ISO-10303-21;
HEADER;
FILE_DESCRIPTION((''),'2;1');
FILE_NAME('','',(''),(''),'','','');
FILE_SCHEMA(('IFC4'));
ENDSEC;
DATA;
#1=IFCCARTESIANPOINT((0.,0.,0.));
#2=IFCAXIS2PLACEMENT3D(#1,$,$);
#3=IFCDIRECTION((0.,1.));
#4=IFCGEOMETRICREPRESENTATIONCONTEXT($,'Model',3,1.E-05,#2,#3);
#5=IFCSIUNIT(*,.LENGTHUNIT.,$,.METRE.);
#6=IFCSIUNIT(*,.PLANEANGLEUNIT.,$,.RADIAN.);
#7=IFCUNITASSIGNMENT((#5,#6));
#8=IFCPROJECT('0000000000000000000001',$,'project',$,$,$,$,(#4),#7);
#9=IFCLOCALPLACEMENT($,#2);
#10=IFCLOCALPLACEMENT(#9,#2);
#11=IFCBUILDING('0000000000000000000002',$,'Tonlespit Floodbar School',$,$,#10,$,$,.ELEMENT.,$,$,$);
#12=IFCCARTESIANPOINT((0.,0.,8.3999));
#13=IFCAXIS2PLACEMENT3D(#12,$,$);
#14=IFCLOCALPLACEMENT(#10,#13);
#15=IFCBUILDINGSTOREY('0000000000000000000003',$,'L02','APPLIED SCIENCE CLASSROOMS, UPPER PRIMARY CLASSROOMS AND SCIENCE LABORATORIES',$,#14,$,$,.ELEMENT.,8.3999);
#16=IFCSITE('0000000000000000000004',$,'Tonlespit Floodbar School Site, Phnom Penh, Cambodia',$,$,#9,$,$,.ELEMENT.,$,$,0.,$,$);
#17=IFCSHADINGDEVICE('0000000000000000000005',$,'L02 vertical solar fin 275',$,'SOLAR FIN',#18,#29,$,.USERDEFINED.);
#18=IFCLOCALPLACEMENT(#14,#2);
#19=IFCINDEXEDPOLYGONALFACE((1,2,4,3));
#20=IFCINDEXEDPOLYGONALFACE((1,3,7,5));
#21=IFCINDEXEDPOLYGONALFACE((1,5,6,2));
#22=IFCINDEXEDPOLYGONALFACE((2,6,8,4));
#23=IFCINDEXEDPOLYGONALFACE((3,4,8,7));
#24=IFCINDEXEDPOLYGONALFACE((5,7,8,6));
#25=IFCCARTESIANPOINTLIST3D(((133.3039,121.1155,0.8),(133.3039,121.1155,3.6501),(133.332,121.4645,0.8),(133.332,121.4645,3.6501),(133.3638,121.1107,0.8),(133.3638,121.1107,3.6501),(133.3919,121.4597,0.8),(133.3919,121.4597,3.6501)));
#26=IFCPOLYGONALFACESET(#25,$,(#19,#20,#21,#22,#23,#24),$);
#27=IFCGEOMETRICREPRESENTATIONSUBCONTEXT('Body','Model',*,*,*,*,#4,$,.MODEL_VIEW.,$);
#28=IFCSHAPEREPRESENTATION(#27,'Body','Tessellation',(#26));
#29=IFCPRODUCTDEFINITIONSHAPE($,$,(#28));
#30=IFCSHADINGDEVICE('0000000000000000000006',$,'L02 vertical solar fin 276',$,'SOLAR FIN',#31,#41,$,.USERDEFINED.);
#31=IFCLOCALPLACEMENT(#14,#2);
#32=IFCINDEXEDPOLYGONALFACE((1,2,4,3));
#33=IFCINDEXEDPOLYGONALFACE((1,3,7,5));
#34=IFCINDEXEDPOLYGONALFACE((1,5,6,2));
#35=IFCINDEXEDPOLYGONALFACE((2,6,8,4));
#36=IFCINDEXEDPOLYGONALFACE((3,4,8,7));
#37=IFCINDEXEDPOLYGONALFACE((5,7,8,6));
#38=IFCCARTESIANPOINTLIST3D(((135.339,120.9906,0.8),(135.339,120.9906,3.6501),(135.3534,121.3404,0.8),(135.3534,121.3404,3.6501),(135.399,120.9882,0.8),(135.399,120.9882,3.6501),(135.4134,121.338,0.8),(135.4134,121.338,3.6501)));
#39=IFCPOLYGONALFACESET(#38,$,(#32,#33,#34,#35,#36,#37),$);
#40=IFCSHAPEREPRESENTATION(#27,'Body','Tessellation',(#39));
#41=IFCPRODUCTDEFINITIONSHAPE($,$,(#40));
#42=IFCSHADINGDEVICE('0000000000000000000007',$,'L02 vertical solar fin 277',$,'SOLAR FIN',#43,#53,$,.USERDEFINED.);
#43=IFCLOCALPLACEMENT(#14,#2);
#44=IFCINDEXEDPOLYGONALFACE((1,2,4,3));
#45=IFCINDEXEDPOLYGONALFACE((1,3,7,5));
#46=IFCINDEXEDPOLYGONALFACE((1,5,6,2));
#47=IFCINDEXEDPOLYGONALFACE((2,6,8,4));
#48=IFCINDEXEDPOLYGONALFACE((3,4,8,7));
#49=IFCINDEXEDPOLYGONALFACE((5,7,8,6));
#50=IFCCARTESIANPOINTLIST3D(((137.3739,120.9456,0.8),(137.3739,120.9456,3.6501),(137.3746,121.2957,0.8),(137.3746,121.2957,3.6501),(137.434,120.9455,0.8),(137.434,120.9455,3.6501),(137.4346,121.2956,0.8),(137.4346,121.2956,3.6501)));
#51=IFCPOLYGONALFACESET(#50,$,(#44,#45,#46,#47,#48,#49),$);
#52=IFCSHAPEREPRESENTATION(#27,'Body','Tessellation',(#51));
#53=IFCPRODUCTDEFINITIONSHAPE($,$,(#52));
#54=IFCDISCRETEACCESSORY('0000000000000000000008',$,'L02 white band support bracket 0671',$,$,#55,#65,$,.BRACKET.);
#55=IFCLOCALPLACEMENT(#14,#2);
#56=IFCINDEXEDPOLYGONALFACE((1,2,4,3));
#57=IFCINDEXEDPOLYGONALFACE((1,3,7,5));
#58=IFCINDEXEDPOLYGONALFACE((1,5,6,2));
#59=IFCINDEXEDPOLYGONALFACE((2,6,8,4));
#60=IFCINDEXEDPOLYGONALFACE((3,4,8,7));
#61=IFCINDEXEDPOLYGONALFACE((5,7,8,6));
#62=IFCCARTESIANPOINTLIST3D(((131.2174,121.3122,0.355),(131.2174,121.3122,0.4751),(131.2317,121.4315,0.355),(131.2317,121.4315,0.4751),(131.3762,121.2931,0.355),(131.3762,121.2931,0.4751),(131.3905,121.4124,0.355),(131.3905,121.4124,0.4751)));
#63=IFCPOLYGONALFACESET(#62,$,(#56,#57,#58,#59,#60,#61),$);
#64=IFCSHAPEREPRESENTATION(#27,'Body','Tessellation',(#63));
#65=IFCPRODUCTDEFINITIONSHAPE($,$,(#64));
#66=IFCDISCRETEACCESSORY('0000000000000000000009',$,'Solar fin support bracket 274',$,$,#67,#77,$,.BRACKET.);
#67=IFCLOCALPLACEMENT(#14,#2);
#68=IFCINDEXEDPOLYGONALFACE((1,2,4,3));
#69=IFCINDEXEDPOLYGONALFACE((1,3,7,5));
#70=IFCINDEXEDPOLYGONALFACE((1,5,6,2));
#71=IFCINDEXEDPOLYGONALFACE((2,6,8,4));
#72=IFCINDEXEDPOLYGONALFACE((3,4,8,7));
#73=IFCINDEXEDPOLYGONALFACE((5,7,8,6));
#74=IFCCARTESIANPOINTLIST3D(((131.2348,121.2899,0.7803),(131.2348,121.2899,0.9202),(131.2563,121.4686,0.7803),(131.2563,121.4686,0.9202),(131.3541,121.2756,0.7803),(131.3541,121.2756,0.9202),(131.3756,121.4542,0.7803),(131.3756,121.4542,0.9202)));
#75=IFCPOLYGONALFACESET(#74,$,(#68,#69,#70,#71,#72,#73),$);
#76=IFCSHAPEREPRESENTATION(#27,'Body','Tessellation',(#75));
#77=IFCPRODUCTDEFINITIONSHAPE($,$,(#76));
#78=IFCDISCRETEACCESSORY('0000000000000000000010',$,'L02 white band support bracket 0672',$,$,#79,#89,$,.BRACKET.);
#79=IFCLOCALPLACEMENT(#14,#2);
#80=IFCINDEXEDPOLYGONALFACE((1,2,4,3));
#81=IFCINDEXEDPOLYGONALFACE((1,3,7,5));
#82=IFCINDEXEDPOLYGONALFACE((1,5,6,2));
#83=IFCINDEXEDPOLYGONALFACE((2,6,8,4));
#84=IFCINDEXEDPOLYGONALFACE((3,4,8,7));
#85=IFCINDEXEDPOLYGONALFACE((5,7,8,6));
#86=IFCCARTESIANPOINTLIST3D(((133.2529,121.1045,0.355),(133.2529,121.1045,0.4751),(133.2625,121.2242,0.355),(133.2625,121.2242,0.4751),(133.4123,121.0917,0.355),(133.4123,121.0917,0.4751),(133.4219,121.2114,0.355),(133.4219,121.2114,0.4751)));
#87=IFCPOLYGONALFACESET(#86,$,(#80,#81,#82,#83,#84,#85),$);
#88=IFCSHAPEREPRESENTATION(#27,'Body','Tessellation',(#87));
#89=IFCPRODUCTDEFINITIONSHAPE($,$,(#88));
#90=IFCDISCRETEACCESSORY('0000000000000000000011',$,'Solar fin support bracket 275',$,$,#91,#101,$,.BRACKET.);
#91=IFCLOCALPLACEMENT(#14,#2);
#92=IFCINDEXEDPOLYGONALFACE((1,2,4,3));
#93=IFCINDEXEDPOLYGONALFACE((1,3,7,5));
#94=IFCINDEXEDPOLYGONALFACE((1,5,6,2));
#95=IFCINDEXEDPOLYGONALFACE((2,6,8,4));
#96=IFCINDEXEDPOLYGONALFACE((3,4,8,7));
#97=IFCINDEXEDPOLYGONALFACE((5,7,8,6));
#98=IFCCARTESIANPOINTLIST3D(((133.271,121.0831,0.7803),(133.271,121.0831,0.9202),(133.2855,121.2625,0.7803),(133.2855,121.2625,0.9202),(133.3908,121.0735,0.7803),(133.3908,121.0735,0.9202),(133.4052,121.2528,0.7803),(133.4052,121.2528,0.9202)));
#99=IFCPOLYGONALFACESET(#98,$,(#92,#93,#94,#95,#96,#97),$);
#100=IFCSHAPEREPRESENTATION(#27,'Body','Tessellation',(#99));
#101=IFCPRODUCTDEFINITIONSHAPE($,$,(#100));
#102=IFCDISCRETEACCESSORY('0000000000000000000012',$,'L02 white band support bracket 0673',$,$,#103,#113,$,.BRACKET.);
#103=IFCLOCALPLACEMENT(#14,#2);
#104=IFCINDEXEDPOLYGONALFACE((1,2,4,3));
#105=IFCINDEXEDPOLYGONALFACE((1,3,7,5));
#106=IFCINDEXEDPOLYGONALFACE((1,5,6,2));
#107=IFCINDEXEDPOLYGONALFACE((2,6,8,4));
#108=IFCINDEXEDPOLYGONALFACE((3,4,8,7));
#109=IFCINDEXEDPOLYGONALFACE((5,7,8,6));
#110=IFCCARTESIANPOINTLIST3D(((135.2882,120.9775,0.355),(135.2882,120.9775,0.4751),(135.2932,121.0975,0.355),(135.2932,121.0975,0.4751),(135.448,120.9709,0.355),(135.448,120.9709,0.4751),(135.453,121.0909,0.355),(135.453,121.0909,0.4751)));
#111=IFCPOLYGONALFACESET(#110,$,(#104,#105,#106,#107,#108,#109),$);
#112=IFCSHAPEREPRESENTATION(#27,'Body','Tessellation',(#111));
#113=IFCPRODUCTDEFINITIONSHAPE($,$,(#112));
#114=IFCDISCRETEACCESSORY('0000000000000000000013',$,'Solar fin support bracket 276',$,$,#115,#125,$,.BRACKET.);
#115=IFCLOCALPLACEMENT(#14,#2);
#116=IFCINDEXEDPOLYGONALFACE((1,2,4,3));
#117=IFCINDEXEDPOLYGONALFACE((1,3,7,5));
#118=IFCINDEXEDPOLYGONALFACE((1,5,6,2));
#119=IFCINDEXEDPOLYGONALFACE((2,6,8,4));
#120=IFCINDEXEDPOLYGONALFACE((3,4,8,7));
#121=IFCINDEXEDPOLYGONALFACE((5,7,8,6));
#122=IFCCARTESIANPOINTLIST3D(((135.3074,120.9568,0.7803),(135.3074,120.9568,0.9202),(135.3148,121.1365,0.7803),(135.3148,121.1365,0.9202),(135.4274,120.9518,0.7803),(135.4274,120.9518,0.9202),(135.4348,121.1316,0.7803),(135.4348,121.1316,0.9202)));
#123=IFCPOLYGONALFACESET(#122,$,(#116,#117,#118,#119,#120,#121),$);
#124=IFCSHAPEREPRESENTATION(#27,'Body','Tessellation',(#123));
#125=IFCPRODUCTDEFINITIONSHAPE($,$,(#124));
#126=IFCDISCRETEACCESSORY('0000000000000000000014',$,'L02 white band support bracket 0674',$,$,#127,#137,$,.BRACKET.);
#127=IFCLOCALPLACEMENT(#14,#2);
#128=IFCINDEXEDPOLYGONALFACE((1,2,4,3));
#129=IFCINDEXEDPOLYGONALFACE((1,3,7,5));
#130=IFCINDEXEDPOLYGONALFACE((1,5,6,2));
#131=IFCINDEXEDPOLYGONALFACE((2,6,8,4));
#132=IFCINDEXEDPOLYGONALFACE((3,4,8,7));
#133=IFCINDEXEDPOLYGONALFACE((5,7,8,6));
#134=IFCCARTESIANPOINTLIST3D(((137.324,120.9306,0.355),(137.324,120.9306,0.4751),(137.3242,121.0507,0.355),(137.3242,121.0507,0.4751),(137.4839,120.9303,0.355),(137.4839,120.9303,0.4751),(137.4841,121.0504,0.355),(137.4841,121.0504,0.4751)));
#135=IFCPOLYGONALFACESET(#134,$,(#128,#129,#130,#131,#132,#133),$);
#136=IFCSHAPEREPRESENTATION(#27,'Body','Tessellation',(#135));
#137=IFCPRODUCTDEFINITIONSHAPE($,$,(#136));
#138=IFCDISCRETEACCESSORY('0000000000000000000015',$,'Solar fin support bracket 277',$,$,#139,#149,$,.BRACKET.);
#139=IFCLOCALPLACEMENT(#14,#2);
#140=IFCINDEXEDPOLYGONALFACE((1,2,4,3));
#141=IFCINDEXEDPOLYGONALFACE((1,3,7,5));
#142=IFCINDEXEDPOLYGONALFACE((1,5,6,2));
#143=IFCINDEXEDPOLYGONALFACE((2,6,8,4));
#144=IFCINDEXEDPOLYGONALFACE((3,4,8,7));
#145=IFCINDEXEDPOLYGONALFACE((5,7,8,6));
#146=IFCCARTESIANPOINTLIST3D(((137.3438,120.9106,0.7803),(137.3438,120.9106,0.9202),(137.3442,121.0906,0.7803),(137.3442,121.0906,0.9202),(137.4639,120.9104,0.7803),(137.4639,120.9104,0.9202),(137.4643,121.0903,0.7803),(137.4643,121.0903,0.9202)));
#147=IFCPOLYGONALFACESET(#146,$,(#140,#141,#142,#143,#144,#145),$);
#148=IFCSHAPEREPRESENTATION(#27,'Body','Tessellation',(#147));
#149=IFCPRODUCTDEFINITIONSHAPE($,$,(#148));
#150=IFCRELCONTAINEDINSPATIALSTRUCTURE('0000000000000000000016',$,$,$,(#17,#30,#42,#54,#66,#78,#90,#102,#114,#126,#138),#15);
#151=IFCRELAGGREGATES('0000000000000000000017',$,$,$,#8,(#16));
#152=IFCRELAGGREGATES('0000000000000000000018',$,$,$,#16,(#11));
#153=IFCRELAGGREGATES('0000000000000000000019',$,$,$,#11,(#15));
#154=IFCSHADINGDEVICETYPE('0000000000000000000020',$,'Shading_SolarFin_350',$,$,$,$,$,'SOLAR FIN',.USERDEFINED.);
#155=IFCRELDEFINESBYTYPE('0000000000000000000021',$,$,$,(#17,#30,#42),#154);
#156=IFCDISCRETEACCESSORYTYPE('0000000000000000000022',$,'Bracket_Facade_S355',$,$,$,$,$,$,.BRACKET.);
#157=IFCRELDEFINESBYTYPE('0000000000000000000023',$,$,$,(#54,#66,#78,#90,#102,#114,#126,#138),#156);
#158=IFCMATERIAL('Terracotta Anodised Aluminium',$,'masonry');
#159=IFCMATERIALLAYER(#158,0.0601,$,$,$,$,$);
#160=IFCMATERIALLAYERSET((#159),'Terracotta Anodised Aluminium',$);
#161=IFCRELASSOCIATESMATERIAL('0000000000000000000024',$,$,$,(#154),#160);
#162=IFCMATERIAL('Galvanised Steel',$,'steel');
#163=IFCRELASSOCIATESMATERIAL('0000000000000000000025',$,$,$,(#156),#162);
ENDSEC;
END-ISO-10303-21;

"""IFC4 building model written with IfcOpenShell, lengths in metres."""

from ifc_helpers import new_model, si_unit, direction, frame, origin, origin_2d, place, context, subcontext, project, spatial, rectangle, extrude, material, layer, layer_set, type_object, element, save


model = new_model("IFC4")

# Units and contexts
model_context = context("Model", 3, precision=1e-05, world=origin(), true_north=direction((0.0, 1.0)))
body_context = subcontext(model_context, "Body", "Model", "MODEL_VIEW")
ifc_project = project(units=[si_unit("LENGTHUNIT", "METRE"), si_unit("PLANEANGLEUNIT", "RADIAN")], contexts=[model_context])

# Site, building, storey
site_placement = place(None, origin())
site = spatial("IfcSite", under=ifc_project, at=site_placement, Name="Tonlespit Floodbar School Site, Phnom Penh, Cambodia", CompositionType="ELEMENT", RefElevation=0.0)
building_placement = place(site_placement, origin())
building = spatial("IfcBuilding", under=site, at=building_placement, Name="Tonlespit Floodbar School", CompositionType="ELEMENT")
storey_placement = place(building_placement, frame((0.0, 0.0, 8.3999)))
storey = spatial("IfcBuildingStorey", under=building, at=storey_placement, Name="L02", Description="APPLIED SCIENCE CLASSROOMS, UPPER PRIMARY CLASSROOMS AND SCIENCE LABORATORIES", CompositionType="ELEMENT", Elevation=8.3999)

# Shading devices
ifc_material_1 = material(Name="Terracotta Anodised Aluminium", Category="masonry")
ifc_layer_1 = layer(ifc_material_1, 0.0601)
ifc_layer_set_1 = layer_set([ifc_layer_1], Name="Terracotta Anodised Aluminium")
shading_device_type = type_object("IfcShadingDeviceType", Name="Shading_SolarFin_350", ElementType="SOLAR FIN", PredefinedType="USERDEFINED", material=ifc_layer_set_1)
for number, where, z_axis, x_axis, name in (
    (1, (133.3479, 121.2876, 0.8), (0.0, 0.0, 1.0), (0.996772, -0.080289, 0.0), "L02 vertical solar fin 275"),
    (2, (135.3762, 121.1643, 0.8), (0.0, 0.0, 1.0), (0.999156, -0.041075, 0.0), "L02 vertical solar fin 276"),
    (3, (137.4043, 121.1206, 0.8), (0.0, 0.0, 1.0), (0.999998, -0.001815, 0.0), "L02 vertical solar fin 277"),
):
    element("IfcShadingDevice", number, at=place(storey_placement, frame(where, z_axis=z_axis, x_axis=x_axis)), inside=storey, type_object=shading_device_type, Name=name, ObjectType="SOLAR FIN", PredefinedType="USERDEFINED", context=body_context, shape_type="SweptSolid", body=[
        extrude(rectangle(XDim=0.0601, YDim=0.3501, at=origin_2d()), origin(), (0.0, 0.0, 1.0), 2.8501),
    ])

# Discrete accessories
ifc_material_2 = material(Name="Galvanised Steel", Category="steel")
discrete_accessory_type = type_object("IfcDiscreteAccessoryType", Name="Bracket_Facade_S355", PredefinedType="BRACKET", material=ifc_material_2)
discrete_accessory_1_placement = place(storey_placement, frame((131.304, 121.3623, 0.355), z_axis=(0.0, 0.0, 1.0), x_axis=(0.992838, -0.119471, 0.0)))
element("IfcDiscreteAccessory", 4, at=discrete_accessory_1_placement, inside=storey, type_object=discrete_accessory_type, Name="L02 white band support bracket 0671", PredefinedType="BRACKET", context=body_context, shape_type="SweptSolid", body=[
    extrude(rectangle(XDim=0.1599, YDim=0.1201, at=origin_2d()), origin(), (0.0, 0.0, 1.0), 0.1201),
])
discrete_accessory_2_placement = place(storey_placement, frame((131.3052, 121.3721, 0.7803), z_axis=(0.0, 0.0, 1.0), x_axis=(0.992838, -0.119471, 0.0)))
element("IfcDiscreteAccessory", 5, at=discrete_accessory_2_placement, inside=storey, type_object=discrete_accessory_type, Name="Solar fin support bracket 274", PredefinedType="BRACKET", context=body_context, shape_type="SweptSolid", body=[
    extrude(rectangle(XDim=0.1201, YDim=0.1799, at=origin_2d()), origin(), (0.0, 0.0, 1.0), 0.1399),
])
discrete_accessory_3_placement = place(storey_placement, frame((133.3374, 121.158, 0.355), z_axis=(0.0, 0.0, 1.0), x_axis=(0.996772, -0.080289, 0.0)))
element("IfcDiscreteAccessory", 6, at=discrete_accessory_3_placement, inside=storey, type_object=discrete_accessory_type, Name="L02 white band support bracket 0672", PredefinedType="BRACKET", context=body_context, shape_type="SweptSolid", body=[
    extrude(rectangle(XDim=0.1599, YDim=0.1201, at=origin_2d()), origin(), (0.0, 0.0, 1.0), 0.1201),
])
discrete_accessory_4_placement = place(storey_placement, frame((133.3381, 121.168, 0.7803), z_axis=(0.0, 0.0, 1.0), x_axis=(0.996772, -0.080289, 0.0)))
element("IfcDiscreteAccessory", 7, at=discrete_accessory_4_placement, inside=storey, type_object=discrete_accessory_type, Name="Solar fin support bracket 275", PredefinedType="BRACKET", context=body_context, shape_type="SweptSolid", body=[
    extrude(rectangle(XDim=0.1201, YDim=0.1799, at=origin_2d()), origin(), (0.0, 0.0, 1.0), 0.1399),
])
discrete_accessory_5_placement = place(storey_placement, frame((135.3706, 121.0342, 0.355), z_axis=(0.0, 0.0, 1.0), x_axis=(0.999156, -0.041075, 0.0)))
element("IfcDiscreteAccessory", 8, at=discrete_accessory_5_placement, inside=storey, type_object=discrete_accessory_type, Name="L02 white band support bracket 0673", PredefinedType="BRACKET", context=body_context, shape_type="SweptSolid", body=[
    extrude(rectangle(XDim=0.1599, YDim=0.1201, at=origin_2d()), origin(), (0.0, 0.0, 1.0), 0.1201),
])
discrete_accessory_6_placement = place(storey_placement, frame((135.3711, 121.0442, 0.7803), z_axis=(0.0, 0.0, 1.0), x_axis=(0.999156, -0.041075, 0.0)))
element("IfcDiscreteAccessory", 9, at=discrete_accessory_6_placement, inside=storey, type_object=discrete_accessory_type, Name="Solar fin support bracket 276", PredefinedType="BRACKET", context=body_context, shape_type="SweptSolid", body=[
    extrude(rectangle(XDim=0.1201, YDim=0.1799, at=origin_2d()), origin(), (0.0, 0.0, 1.0), 0.1399),
])
discrete_accessory_7_placement = place(storey_placement, frame((137.4041, 120.9905, 0.355), z_axis=(0.0, 0.0, 1.0), x_axis=(0.999998, -0.001815, 0.0)))
element("IfcDiscreteAccessory", 10, at=discrete_accessory_7_placement, inside=storey, type_object=discrete_accessory_type, Name="L02 white band support bracket 0674", PredefinedType="BRACKET", context=body_context, shape_type="SweptSolid", body=[
    extrude(rectangle(XDim=0.1599, YDim=0.1201, at=origin_2d()), origin(), (0.0, 0.0, 1.0), 0.1201),
])
discrete_accessory_8_placement = place(storey_placement, frame((137.4041, 121.0005, 0.7803), z_axis=(0.0, 0.0, 1.0), x_axis=(0.999998, -0.001815, 0.0)))
element("IfcDiscreteAccessory", 11, at=discrete_accessory_8_placement, inside=storey, type_object=discrete_accessory_type, Name="Solar fin support bracket 277", PredefinedType="BRACKET", context=body_context, shape_type="SweptSolid", body=[
    extrude(rectangle(XDim=0.1201, YDim=0.1799, at=origin_2d()), origin(), (0.0, 0.0, 1.0), 0.1399),
])

save(model, "model.ifc")
